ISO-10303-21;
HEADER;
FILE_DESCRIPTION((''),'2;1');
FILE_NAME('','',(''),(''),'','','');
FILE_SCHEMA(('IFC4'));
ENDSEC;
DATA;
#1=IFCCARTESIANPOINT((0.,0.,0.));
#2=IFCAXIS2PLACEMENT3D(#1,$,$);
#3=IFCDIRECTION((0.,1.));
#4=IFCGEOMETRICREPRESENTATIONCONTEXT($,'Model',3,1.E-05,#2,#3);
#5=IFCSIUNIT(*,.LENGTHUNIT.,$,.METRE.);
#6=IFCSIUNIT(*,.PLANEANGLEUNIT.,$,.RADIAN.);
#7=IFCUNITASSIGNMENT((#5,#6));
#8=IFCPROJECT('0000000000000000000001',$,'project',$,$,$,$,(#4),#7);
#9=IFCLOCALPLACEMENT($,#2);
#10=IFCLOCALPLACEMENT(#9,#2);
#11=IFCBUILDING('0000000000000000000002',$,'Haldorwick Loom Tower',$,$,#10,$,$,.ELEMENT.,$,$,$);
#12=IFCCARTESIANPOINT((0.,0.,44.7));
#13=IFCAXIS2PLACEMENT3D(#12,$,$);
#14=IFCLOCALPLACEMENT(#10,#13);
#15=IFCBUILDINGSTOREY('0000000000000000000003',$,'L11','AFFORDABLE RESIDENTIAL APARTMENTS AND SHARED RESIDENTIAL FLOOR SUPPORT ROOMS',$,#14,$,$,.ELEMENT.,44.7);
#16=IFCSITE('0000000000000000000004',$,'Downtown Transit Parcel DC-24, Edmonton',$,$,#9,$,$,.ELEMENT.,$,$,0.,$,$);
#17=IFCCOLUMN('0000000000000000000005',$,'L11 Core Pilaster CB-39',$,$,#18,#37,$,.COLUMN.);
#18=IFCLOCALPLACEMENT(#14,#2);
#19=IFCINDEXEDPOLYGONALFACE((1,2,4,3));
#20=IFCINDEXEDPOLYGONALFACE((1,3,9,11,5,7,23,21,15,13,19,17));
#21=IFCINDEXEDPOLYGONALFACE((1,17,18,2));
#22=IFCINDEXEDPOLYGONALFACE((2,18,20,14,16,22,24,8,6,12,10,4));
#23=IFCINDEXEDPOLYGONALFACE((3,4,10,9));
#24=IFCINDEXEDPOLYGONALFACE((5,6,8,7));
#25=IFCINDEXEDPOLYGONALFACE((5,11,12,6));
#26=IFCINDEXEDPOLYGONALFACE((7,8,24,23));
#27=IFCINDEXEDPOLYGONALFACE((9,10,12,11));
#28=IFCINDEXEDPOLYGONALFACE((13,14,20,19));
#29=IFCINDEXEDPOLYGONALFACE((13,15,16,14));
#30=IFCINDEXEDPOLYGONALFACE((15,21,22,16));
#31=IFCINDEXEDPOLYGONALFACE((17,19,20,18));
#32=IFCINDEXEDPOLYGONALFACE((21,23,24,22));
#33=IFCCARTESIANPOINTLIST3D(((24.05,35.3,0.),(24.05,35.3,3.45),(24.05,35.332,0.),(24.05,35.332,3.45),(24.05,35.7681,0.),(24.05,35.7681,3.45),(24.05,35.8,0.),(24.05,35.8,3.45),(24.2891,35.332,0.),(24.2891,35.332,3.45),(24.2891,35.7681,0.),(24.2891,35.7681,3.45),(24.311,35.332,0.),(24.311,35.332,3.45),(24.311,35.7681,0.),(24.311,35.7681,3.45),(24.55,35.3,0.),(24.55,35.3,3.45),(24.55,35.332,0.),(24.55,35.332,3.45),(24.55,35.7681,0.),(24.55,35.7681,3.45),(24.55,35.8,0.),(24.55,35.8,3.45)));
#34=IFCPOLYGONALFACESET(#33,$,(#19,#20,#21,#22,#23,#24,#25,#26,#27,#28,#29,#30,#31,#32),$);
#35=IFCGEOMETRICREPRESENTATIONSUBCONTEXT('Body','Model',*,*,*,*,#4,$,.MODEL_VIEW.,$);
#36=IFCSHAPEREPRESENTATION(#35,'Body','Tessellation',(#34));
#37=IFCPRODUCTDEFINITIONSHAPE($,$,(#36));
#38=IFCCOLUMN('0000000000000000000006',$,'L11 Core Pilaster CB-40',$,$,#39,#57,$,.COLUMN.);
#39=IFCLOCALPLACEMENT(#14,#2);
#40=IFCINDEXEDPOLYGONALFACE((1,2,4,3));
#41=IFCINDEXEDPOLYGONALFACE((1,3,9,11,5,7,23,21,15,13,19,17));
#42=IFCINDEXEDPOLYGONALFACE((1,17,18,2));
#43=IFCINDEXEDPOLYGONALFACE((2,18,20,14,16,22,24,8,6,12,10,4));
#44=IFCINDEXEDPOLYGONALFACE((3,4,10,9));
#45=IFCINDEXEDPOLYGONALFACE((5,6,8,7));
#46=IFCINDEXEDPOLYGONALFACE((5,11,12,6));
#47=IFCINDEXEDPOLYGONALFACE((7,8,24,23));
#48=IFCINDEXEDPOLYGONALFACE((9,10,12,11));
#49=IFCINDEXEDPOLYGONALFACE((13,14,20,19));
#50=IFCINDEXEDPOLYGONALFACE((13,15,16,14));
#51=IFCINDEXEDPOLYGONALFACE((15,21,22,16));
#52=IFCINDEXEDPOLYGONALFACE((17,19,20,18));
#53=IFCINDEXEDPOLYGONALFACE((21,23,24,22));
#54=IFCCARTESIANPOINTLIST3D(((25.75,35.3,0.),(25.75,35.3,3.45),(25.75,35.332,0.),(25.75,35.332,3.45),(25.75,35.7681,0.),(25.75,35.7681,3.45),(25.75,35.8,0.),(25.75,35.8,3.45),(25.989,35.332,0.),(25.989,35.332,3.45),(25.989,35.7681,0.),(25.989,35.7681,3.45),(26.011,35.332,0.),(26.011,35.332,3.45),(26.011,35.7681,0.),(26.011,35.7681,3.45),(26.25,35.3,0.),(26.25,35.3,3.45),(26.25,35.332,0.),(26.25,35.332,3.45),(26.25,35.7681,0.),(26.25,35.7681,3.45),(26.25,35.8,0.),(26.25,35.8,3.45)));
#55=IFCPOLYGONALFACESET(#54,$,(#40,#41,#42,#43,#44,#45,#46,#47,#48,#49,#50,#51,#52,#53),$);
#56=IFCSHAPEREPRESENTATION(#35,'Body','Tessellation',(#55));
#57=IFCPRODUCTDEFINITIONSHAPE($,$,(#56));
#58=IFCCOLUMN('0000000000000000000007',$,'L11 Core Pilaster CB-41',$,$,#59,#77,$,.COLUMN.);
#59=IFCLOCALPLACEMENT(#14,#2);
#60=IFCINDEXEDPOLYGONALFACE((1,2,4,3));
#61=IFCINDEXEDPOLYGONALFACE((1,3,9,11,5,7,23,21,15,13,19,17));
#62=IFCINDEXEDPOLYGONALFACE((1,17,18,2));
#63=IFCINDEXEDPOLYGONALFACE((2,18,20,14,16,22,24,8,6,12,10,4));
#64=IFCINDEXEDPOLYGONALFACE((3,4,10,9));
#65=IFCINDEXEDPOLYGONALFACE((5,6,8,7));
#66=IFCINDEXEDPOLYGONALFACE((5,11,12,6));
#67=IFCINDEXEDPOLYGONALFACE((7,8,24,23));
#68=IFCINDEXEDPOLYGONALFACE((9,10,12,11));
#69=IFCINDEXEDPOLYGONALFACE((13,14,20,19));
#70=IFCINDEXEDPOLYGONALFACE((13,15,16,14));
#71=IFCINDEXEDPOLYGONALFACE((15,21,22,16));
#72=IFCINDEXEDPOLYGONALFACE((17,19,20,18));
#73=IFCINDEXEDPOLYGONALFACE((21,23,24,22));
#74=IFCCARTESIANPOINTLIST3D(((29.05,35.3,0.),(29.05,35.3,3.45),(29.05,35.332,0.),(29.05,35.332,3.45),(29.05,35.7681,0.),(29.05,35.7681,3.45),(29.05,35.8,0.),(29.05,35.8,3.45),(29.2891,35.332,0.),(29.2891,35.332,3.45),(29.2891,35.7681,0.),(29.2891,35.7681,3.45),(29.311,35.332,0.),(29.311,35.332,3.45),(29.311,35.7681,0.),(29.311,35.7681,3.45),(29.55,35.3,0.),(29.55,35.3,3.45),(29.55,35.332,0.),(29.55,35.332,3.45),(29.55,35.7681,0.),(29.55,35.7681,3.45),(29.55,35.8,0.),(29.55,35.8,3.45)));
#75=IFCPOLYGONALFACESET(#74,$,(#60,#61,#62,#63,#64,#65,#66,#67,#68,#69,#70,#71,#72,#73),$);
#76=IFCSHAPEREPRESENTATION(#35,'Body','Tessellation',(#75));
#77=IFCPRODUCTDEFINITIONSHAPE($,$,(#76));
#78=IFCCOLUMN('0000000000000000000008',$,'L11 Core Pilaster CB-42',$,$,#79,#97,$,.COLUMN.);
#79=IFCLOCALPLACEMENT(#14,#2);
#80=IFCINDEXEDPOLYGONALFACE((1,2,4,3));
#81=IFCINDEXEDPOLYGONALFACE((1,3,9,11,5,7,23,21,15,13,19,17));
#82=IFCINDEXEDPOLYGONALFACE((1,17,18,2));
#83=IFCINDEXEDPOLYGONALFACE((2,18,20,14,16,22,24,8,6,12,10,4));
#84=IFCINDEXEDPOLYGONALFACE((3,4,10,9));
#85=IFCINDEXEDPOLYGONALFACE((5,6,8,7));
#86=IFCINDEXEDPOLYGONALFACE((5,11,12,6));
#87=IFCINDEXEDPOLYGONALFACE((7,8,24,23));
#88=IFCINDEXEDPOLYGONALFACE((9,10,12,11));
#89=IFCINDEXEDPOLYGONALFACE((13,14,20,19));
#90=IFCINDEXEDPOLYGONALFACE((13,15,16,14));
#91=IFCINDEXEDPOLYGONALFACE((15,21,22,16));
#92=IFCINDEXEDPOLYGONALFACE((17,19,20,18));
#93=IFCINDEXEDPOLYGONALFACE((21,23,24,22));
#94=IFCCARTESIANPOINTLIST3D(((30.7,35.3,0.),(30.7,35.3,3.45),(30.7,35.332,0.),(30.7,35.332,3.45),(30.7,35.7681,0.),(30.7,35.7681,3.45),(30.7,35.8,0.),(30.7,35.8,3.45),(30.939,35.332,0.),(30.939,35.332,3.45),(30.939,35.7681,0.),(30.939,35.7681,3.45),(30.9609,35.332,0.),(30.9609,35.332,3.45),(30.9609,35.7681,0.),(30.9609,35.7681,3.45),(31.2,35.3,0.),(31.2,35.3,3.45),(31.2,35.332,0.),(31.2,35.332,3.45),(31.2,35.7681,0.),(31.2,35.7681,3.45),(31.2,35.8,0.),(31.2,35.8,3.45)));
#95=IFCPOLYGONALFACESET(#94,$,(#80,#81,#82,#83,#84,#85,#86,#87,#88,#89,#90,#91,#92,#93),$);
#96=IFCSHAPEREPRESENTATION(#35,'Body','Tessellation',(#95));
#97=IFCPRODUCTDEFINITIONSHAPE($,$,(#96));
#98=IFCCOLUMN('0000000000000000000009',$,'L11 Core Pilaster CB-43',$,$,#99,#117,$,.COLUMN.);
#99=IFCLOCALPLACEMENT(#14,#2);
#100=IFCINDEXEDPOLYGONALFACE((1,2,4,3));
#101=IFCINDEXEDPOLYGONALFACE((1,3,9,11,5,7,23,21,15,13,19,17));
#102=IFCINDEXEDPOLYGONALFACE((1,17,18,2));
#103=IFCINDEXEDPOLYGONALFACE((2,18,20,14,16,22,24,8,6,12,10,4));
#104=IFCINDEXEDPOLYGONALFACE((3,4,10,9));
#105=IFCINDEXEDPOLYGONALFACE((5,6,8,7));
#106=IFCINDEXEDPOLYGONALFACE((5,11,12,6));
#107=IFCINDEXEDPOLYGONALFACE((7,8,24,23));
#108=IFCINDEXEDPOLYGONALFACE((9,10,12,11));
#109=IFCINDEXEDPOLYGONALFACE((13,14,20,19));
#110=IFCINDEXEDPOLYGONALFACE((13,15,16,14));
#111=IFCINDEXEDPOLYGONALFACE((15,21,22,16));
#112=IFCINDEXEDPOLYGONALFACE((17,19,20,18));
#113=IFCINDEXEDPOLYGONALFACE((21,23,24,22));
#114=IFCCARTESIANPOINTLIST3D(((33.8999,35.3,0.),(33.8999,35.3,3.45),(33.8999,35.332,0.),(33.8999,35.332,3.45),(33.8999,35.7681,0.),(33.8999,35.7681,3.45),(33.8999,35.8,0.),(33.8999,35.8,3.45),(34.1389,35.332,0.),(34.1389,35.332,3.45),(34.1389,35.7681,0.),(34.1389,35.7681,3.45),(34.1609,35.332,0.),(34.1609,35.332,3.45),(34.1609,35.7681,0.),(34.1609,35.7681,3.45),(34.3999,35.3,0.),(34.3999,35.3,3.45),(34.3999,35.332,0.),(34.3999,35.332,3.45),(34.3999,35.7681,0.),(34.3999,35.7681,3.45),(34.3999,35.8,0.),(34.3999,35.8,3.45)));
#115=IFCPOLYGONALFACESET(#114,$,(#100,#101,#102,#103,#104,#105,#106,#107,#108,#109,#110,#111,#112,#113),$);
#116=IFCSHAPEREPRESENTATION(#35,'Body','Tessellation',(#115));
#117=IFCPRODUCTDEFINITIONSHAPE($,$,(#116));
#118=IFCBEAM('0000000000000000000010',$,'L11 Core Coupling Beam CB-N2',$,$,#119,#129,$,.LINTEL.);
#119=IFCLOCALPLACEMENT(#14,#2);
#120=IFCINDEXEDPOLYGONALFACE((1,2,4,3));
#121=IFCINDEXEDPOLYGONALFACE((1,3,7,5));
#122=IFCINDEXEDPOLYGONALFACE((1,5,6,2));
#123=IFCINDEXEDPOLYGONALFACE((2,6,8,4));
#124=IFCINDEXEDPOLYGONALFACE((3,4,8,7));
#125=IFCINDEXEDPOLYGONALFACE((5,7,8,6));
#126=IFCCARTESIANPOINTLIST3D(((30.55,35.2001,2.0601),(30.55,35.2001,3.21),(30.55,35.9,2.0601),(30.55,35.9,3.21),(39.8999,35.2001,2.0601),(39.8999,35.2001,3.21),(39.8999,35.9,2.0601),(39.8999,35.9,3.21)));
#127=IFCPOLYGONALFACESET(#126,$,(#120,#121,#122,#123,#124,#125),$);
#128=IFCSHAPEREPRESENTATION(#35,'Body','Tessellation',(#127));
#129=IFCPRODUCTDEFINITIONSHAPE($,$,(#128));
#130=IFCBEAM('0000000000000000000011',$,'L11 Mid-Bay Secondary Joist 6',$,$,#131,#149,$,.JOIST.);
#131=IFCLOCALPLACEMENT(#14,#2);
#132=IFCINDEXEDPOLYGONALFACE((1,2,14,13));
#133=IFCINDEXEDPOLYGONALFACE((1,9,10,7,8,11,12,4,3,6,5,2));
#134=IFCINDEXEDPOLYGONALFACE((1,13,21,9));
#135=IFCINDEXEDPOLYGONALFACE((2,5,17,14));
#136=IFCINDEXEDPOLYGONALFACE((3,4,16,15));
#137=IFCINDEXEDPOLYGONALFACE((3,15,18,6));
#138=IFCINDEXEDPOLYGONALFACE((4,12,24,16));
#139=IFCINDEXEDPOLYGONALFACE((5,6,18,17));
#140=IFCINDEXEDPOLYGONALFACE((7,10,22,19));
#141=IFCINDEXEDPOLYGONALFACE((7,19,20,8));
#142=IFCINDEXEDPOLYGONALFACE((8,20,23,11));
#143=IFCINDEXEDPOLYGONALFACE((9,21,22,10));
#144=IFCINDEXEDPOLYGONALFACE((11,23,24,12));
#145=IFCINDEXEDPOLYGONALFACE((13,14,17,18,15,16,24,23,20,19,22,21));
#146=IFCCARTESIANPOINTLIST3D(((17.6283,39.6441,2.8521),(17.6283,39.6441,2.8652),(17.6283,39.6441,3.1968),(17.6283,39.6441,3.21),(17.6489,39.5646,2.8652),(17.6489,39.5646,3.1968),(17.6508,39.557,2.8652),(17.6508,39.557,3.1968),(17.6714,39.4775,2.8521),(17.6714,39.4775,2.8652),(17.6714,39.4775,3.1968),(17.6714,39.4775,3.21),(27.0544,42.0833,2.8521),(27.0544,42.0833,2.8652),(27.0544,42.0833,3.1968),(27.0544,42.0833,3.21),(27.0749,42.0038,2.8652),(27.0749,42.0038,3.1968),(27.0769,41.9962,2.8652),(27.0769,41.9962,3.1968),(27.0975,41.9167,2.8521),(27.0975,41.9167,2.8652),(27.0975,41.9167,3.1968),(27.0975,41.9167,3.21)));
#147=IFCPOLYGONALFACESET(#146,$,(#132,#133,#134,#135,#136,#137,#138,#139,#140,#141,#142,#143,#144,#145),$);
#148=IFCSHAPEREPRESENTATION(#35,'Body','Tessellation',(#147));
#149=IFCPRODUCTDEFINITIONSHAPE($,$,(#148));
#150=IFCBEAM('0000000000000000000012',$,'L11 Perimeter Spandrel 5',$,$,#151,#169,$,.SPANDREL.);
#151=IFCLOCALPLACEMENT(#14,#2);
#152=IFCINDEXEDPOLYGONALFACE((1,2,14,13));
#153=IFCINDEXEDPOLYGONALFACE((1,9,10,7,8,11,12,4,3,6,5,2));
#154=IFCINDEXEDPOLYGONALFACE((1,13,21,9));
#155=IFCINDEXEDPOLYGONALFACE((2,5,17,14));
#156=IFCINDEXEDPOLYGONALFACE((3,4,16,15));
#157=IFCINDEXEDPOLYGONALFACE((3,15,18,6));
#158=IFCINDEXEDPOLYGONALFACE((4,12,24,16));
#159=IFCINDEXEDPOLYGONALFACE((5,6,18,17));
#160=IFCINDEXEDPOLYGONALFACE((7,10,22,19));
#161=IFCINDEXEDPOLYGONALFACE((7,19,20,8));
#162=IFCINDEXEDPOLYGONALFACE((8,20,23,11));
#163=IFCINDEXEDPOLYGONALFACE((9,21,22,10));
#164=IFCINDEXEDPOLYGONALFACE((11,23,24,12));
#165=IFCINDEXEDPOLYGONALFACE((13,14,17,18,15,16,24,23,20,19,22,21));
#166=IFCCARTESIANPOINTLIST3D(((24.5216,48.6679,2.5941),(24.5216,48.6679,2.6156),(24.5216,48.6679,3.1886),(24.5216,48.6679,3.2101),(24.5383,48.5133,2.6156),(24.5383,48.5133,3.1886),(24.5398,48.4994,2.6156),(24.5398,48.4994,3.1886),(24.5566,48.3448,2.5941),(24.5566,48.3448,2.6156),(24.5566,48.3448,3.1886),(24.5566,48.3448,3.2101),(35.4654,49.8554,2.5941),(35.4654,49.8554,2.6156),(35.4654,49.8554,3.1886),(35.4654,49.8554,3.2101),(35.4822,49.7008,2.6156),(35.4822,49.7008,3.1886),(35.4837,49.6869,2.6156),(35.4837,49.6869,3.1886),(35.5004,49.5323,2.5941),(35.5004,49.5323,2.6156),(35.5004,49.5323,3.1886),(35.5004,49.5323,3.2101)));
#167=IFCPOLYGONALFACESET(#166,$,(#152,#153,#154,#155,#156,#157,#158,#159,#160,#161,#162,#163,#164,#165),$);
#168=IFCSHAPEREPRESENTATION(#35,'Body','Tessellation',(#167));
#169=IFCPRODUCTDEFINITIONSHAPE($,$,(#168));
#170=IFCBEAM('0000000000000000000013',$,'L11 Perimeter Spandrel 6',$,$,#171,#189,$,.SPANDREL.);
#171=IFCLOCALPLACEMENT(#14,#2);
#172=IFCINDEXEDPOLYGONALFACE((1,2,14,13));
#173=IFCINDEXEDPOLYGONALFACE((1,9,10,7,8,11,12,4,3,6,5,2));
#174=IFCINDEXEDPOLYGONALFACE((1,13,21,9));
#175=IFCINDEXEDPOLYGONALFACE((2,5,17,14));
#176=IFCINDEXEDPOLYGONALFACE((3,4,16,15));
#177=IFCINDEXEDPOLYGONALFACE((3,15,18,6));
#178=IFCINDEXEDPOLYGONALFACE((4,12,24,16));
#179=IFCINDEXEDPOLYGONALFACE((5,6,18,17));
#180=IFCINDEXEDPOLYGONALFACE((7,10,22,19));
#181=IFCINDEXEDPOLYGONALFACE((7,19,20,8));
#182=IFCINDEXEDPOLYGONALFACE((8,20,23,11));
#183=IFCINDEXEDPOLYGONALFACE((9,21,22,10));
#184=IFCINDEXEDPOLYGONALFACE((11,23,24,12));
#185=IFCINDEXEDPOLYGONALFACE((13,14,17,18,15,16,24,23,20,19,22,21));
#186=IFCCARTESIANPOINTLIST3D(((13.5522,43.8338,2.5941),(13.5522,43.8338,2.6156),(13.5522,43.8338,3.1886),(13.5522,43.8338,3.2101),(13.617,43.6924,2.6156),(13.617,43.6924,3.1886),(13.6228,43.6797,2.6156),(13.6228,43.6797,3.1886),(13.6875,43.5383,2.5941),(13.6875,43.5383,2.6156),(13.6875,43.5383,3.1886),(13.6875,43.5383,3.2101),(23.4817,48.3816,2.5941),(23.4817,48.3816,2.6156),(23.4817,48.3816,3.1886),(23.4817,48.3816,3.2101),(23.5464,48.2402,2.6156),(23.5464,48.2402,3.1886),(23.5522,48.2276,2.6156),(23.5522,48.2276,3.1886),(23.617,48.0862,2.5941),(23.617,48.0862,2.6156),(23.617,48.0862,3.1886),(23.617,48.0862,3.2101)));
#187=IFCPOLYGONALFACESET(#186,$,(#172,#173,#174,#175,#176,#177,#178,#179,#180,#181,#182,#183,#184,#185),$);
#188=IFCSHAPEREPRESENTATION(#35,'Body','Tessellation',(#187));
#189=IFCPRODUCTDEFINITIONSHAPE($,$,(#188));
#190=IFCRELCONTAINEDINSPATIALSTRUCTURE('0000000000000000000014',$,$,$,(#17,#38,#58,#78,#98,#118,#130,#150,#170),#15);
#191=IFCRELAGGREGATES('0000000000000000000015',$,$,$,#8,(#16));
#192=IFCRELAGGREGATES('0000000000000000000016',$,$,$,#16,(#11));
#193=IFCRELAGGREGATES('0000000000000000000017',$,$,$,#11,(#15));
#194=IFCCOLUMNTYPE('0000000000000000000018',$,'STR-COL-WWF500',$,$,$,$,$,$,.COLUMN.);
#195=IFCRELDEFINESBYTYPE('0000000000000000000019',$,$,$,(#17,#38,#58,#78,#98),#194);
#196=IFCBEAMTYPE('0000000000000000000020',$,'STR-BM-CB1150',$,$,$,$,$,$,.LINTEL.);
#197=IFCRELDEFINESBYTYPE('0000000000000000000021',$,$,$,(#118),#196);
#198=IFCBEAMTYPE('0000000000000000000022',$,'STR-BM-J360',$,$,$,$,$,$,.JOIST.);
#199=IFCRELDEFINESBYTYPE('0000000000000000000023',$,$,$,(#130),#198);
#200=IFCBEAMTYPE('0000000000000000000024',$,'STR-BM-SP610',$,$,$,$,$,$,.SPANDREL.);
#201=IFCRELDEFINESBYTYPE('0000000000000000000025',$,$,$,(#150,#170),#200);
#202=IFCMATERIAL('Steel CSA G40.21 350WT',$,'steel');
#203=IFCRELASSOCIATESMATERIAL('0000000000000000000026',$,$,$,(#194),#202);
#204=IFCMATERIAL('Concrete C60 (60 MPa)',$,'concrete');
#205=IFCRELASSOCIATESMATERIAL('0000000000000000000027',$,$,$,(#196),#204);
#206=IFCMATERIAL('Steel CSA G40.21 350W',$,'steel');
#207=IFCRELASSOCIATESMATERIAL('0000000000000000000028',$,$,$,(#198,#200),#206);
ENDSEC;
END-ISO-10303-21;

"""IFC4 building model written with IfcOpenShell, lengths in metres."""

from ifc_helpers import new_model, si_unit, direction, frame, origin, origin_2d, place, context, subcontext, project, spatial, rectangle, i_section, extrude, material, material_profile, profile_set, type_object, element, save


model = new_model("IFC4")

# Units and contexts
model_context = context("Model", 3, precision=1e-05, world=origin(), true_north=direction((0.0, 1.0)))
body_context = subcontext(model_context, "Body", "Model", "MODEL_VIEW")
ifc_project = project(units=[si_unit("LENGTHUNIT", "METRE"), si_unit("PLANEANGLEUNIT", "RADIAN")], contexts=[model_context])

# Site, building, storey
site_placement = place(None, origin())
site = spatial("IfcSite", under=ifc_project, at=site_placement, Name="Downtown Transit Parcel DC-24, Edmonton", CompositionType="ELEMENT", RefElevation=0.0)
building_placement = place(site_placement, origin())
building = spatial("IfcBuilding", under=site, at=building_placement, Name="Haldorwick Loom Tower", CompositionType="ELEMENT")
storey_placement = place(building_placement, frame((0.0, 0.0, 44.7)))
storey = spatial("IfcBuildingStorey", under=building, at=storey_placement, Name="L11", Description="AFFORDABLE RESIDENTIAL APARTMENTS AND SHARED RESIDENTIAL FLOOR SUPPORT ROOMS", CompositionType="ELEMENT", Elevation=44.7)

# Columns
ifc_material_1 = material(Name="Concrete C60 (60 MPa)", Category="concrete")
ifc_material_2 = material(Name="Steel CSA G40.21 350WT", Category="steel")
ifc_material_profile_1 = material_profile(ifc_material_2, i_section(OverallWidth=0.5, OverallDepth=0.5, WebThickness=0.022, FlangeThickness=0.032, at=origin_2d()), Name="WWF500X500", Category="steel")
ifc_profile_set_1 = profile_set([ifc_material_profile_1], Name="Steel CSA G40.21 350WT")
column_type_1 = type_object("IfcColumnType", Name="STR-COL-WWF500", PredefinedType="COLUMN", material=ifc_profile_set_1)
for number, where, z_axis, x_axis, name in (
    (1, (24.3, 35.55, 0.0), (0.0, 0.0, 1.0), (1.0, 0.0, 0.0), "L11 Core Pilaster CB-39"),
    (2, (26.0, 35.55, 0.0), (0.0, 0.0, 1.0), (1.0, 0.0, 0.0), "L11 Core Pilaster CB-40"),
    (3, (29.3, 35.55, 0.0), (0.0, 0.0, 1.0), (1.0, 0.0, 0.0), "L11 Core Pilaster CB-41"),
    (4, (30.95, 35.55, 0.0), (0.0, 0.0, 1.0), (1.0, 0.0, 0.0), "L11 Core Pilaster CB-42"),
    (5, (34.1499, 35.55, 0.0), (0.0, 0.0, 1.0), (1.0, 0.0, 0.0), "L11 Core Pilaster CB-43"),
):
    element("IfcColumn", number, at=place(storey_placement, frame(where, z_axis=z_axis, x_axis=x_axis)), inside=storey, type_object=column_type_1, Name=name, PredefinedType="COLUMN", context=body_context, shape_type="SweptSolid", body=[
        extrude(i_section(OverallWidth=0.5, OverallDepth=0.5, WebThickness=0.022, FlangeThickness=0.032, at=origin_2d()), origin(), (0.0, 0.0, 1.0), 3.45),
    ])

# Beams
ifc_material_profile_2 = material_profile(ifc_material_1, rectangle(XDim=0.7, YDim=1.1499, at=origin_2d()), Name="RC700X1150", Category="concrete")
ifc_profile_set_2 = profile_set([ifc_material_profile_2], Name="Concrete C60 (60 MPa)")
beam_type_1 = type_object("IfcBeamType", Name="STR-BM-CB1150", PredefinedType="LINTEL", material=ifc_profile_set_2)
beam_1_placement = place(storey_placement, frame((30.55, 35.55, 2.635), z_axis=(1.0, 0.0, 0.0), x_axis=(0.0, 1.0, 0.0)))
element("IfcBeam", 6, at=beam_1_placement, inside=storey, type_object=beam_type_1, Name="L11 Core Coupling Beam CB-N2", PredefinedType="LINTEL", context=body_context, shape_type="SweptSolid", body=[
    extrude(rectangle(XDim=0.7, YDim=1.1499, at=origin_2d()), origin(), (0.0, 0.0, 1.0), 9.3499),
])
ifc_material_3 = material(Name="Steel CSA G40.21 350W", Category="steel")
ifc_material_profile_3 = material_profile(ifc_material_3, i_section(OverallWidth=0.1721, OverallDepth=0.3579, WebThickness=0.0078, FlangeThickness=0.0132, at=origin_2d()), Name="W360X57", Category="steel")
ifc_profile_set_3 = profile_set([ifc_material_profile_3], Name="Steel CSA G40.21 350W")
beam_type_2 = type_object("IfcBeamType", Name="STR-BM-J360", PredefinedType="JOIST", material=ifc_profile_set_3)
beam_2_placement = place(storey_placement, frame((27.0759, 42.0, 3.031), z_axis=(-0.968111, -0.250522, 0.0), x_axis=(0.250522, -0.968111, 0.0)))
element("IfcBeam", 7, at=beam_2_placement, inside=storey, type_object=beam_type_2, Name="L11 Mid-Bay Secondary Joist 6", PredefinedType="JOIST", context=body_context, shape_type="SweptSolid", body=[
    extrude(i_section(OverallWidth=0.1721, OverallDepth=0.3579, WebThickness=0.0078, FlangeThickness=0.0132, at=origin_2d()), origin(), (0.0, 0.0, 1.0), 9.7366),
])
ifc_material_profile_4 = material_profile(ifc_material_3, i_section(OverallWidth=0.325, OverallDepth=0.616, WebThickness=0.0139, FlangeThickness=0.0215, at=origin_2d()), Name="W610X174", Category="steel")
ifc_profile_set_4 = profile_set([ifc_material_profile_4], Name="Steel CSA G40.21 350W")
beam_type_3 = type_object("IfcBeamType", Name="STR-BM-SP610", PredefinedType="SPANDREL", material=ifc_profile_set_4)
beam_3_placement = place(storey_placement, frame((35.4829, 49.6938, 2.9021), z_axis=(-0.994164, -0.107875, 0.0), x_axis=(0.107875, -0.994164, 0.0)))
element("IfcBeam", 8, at=beam_3_placement, inside=storey, type_object=beam_type_3, Name="L11 Perimeter Spandrel 5", PredefinedType="SPANDREL", context=body_context, shape_type="SweptSolid", body=[
    extrude(i_section(OverallWidth=0.325, OverallDepth=0.616, WebThickness=0.0139, FlangeThickness=0.0215, at=origin_2d()), origin(), (0.0, 0.0, 1.0), 11.0081),
])
beam_4_placement = place(storey_placement, frame((23.5493, 48.2339, 2.9021), z_axis=(-0.909174, -0.416417, 0.0), x_axis=(0.416417, -0.909174, 0.0)))
element("IfcBeam", 9, at=beam_4_placement, inside=storey, type_object=beam_type_3, Name="L11 Perimeter Spandrel 6", PredefinedType="SPANDREL", context=body_context, shape_type="SweptSolid", body=[
    extrude(i_section(OverallWidth=0.325, OverallDepth=0.616, WebThickness=0.0139, FlangeThickness=0.0215, at=origin_2d()), origin(), (0.0, 0.0, 1.0), 10.9214),
])

save(model, "model.ifc")
